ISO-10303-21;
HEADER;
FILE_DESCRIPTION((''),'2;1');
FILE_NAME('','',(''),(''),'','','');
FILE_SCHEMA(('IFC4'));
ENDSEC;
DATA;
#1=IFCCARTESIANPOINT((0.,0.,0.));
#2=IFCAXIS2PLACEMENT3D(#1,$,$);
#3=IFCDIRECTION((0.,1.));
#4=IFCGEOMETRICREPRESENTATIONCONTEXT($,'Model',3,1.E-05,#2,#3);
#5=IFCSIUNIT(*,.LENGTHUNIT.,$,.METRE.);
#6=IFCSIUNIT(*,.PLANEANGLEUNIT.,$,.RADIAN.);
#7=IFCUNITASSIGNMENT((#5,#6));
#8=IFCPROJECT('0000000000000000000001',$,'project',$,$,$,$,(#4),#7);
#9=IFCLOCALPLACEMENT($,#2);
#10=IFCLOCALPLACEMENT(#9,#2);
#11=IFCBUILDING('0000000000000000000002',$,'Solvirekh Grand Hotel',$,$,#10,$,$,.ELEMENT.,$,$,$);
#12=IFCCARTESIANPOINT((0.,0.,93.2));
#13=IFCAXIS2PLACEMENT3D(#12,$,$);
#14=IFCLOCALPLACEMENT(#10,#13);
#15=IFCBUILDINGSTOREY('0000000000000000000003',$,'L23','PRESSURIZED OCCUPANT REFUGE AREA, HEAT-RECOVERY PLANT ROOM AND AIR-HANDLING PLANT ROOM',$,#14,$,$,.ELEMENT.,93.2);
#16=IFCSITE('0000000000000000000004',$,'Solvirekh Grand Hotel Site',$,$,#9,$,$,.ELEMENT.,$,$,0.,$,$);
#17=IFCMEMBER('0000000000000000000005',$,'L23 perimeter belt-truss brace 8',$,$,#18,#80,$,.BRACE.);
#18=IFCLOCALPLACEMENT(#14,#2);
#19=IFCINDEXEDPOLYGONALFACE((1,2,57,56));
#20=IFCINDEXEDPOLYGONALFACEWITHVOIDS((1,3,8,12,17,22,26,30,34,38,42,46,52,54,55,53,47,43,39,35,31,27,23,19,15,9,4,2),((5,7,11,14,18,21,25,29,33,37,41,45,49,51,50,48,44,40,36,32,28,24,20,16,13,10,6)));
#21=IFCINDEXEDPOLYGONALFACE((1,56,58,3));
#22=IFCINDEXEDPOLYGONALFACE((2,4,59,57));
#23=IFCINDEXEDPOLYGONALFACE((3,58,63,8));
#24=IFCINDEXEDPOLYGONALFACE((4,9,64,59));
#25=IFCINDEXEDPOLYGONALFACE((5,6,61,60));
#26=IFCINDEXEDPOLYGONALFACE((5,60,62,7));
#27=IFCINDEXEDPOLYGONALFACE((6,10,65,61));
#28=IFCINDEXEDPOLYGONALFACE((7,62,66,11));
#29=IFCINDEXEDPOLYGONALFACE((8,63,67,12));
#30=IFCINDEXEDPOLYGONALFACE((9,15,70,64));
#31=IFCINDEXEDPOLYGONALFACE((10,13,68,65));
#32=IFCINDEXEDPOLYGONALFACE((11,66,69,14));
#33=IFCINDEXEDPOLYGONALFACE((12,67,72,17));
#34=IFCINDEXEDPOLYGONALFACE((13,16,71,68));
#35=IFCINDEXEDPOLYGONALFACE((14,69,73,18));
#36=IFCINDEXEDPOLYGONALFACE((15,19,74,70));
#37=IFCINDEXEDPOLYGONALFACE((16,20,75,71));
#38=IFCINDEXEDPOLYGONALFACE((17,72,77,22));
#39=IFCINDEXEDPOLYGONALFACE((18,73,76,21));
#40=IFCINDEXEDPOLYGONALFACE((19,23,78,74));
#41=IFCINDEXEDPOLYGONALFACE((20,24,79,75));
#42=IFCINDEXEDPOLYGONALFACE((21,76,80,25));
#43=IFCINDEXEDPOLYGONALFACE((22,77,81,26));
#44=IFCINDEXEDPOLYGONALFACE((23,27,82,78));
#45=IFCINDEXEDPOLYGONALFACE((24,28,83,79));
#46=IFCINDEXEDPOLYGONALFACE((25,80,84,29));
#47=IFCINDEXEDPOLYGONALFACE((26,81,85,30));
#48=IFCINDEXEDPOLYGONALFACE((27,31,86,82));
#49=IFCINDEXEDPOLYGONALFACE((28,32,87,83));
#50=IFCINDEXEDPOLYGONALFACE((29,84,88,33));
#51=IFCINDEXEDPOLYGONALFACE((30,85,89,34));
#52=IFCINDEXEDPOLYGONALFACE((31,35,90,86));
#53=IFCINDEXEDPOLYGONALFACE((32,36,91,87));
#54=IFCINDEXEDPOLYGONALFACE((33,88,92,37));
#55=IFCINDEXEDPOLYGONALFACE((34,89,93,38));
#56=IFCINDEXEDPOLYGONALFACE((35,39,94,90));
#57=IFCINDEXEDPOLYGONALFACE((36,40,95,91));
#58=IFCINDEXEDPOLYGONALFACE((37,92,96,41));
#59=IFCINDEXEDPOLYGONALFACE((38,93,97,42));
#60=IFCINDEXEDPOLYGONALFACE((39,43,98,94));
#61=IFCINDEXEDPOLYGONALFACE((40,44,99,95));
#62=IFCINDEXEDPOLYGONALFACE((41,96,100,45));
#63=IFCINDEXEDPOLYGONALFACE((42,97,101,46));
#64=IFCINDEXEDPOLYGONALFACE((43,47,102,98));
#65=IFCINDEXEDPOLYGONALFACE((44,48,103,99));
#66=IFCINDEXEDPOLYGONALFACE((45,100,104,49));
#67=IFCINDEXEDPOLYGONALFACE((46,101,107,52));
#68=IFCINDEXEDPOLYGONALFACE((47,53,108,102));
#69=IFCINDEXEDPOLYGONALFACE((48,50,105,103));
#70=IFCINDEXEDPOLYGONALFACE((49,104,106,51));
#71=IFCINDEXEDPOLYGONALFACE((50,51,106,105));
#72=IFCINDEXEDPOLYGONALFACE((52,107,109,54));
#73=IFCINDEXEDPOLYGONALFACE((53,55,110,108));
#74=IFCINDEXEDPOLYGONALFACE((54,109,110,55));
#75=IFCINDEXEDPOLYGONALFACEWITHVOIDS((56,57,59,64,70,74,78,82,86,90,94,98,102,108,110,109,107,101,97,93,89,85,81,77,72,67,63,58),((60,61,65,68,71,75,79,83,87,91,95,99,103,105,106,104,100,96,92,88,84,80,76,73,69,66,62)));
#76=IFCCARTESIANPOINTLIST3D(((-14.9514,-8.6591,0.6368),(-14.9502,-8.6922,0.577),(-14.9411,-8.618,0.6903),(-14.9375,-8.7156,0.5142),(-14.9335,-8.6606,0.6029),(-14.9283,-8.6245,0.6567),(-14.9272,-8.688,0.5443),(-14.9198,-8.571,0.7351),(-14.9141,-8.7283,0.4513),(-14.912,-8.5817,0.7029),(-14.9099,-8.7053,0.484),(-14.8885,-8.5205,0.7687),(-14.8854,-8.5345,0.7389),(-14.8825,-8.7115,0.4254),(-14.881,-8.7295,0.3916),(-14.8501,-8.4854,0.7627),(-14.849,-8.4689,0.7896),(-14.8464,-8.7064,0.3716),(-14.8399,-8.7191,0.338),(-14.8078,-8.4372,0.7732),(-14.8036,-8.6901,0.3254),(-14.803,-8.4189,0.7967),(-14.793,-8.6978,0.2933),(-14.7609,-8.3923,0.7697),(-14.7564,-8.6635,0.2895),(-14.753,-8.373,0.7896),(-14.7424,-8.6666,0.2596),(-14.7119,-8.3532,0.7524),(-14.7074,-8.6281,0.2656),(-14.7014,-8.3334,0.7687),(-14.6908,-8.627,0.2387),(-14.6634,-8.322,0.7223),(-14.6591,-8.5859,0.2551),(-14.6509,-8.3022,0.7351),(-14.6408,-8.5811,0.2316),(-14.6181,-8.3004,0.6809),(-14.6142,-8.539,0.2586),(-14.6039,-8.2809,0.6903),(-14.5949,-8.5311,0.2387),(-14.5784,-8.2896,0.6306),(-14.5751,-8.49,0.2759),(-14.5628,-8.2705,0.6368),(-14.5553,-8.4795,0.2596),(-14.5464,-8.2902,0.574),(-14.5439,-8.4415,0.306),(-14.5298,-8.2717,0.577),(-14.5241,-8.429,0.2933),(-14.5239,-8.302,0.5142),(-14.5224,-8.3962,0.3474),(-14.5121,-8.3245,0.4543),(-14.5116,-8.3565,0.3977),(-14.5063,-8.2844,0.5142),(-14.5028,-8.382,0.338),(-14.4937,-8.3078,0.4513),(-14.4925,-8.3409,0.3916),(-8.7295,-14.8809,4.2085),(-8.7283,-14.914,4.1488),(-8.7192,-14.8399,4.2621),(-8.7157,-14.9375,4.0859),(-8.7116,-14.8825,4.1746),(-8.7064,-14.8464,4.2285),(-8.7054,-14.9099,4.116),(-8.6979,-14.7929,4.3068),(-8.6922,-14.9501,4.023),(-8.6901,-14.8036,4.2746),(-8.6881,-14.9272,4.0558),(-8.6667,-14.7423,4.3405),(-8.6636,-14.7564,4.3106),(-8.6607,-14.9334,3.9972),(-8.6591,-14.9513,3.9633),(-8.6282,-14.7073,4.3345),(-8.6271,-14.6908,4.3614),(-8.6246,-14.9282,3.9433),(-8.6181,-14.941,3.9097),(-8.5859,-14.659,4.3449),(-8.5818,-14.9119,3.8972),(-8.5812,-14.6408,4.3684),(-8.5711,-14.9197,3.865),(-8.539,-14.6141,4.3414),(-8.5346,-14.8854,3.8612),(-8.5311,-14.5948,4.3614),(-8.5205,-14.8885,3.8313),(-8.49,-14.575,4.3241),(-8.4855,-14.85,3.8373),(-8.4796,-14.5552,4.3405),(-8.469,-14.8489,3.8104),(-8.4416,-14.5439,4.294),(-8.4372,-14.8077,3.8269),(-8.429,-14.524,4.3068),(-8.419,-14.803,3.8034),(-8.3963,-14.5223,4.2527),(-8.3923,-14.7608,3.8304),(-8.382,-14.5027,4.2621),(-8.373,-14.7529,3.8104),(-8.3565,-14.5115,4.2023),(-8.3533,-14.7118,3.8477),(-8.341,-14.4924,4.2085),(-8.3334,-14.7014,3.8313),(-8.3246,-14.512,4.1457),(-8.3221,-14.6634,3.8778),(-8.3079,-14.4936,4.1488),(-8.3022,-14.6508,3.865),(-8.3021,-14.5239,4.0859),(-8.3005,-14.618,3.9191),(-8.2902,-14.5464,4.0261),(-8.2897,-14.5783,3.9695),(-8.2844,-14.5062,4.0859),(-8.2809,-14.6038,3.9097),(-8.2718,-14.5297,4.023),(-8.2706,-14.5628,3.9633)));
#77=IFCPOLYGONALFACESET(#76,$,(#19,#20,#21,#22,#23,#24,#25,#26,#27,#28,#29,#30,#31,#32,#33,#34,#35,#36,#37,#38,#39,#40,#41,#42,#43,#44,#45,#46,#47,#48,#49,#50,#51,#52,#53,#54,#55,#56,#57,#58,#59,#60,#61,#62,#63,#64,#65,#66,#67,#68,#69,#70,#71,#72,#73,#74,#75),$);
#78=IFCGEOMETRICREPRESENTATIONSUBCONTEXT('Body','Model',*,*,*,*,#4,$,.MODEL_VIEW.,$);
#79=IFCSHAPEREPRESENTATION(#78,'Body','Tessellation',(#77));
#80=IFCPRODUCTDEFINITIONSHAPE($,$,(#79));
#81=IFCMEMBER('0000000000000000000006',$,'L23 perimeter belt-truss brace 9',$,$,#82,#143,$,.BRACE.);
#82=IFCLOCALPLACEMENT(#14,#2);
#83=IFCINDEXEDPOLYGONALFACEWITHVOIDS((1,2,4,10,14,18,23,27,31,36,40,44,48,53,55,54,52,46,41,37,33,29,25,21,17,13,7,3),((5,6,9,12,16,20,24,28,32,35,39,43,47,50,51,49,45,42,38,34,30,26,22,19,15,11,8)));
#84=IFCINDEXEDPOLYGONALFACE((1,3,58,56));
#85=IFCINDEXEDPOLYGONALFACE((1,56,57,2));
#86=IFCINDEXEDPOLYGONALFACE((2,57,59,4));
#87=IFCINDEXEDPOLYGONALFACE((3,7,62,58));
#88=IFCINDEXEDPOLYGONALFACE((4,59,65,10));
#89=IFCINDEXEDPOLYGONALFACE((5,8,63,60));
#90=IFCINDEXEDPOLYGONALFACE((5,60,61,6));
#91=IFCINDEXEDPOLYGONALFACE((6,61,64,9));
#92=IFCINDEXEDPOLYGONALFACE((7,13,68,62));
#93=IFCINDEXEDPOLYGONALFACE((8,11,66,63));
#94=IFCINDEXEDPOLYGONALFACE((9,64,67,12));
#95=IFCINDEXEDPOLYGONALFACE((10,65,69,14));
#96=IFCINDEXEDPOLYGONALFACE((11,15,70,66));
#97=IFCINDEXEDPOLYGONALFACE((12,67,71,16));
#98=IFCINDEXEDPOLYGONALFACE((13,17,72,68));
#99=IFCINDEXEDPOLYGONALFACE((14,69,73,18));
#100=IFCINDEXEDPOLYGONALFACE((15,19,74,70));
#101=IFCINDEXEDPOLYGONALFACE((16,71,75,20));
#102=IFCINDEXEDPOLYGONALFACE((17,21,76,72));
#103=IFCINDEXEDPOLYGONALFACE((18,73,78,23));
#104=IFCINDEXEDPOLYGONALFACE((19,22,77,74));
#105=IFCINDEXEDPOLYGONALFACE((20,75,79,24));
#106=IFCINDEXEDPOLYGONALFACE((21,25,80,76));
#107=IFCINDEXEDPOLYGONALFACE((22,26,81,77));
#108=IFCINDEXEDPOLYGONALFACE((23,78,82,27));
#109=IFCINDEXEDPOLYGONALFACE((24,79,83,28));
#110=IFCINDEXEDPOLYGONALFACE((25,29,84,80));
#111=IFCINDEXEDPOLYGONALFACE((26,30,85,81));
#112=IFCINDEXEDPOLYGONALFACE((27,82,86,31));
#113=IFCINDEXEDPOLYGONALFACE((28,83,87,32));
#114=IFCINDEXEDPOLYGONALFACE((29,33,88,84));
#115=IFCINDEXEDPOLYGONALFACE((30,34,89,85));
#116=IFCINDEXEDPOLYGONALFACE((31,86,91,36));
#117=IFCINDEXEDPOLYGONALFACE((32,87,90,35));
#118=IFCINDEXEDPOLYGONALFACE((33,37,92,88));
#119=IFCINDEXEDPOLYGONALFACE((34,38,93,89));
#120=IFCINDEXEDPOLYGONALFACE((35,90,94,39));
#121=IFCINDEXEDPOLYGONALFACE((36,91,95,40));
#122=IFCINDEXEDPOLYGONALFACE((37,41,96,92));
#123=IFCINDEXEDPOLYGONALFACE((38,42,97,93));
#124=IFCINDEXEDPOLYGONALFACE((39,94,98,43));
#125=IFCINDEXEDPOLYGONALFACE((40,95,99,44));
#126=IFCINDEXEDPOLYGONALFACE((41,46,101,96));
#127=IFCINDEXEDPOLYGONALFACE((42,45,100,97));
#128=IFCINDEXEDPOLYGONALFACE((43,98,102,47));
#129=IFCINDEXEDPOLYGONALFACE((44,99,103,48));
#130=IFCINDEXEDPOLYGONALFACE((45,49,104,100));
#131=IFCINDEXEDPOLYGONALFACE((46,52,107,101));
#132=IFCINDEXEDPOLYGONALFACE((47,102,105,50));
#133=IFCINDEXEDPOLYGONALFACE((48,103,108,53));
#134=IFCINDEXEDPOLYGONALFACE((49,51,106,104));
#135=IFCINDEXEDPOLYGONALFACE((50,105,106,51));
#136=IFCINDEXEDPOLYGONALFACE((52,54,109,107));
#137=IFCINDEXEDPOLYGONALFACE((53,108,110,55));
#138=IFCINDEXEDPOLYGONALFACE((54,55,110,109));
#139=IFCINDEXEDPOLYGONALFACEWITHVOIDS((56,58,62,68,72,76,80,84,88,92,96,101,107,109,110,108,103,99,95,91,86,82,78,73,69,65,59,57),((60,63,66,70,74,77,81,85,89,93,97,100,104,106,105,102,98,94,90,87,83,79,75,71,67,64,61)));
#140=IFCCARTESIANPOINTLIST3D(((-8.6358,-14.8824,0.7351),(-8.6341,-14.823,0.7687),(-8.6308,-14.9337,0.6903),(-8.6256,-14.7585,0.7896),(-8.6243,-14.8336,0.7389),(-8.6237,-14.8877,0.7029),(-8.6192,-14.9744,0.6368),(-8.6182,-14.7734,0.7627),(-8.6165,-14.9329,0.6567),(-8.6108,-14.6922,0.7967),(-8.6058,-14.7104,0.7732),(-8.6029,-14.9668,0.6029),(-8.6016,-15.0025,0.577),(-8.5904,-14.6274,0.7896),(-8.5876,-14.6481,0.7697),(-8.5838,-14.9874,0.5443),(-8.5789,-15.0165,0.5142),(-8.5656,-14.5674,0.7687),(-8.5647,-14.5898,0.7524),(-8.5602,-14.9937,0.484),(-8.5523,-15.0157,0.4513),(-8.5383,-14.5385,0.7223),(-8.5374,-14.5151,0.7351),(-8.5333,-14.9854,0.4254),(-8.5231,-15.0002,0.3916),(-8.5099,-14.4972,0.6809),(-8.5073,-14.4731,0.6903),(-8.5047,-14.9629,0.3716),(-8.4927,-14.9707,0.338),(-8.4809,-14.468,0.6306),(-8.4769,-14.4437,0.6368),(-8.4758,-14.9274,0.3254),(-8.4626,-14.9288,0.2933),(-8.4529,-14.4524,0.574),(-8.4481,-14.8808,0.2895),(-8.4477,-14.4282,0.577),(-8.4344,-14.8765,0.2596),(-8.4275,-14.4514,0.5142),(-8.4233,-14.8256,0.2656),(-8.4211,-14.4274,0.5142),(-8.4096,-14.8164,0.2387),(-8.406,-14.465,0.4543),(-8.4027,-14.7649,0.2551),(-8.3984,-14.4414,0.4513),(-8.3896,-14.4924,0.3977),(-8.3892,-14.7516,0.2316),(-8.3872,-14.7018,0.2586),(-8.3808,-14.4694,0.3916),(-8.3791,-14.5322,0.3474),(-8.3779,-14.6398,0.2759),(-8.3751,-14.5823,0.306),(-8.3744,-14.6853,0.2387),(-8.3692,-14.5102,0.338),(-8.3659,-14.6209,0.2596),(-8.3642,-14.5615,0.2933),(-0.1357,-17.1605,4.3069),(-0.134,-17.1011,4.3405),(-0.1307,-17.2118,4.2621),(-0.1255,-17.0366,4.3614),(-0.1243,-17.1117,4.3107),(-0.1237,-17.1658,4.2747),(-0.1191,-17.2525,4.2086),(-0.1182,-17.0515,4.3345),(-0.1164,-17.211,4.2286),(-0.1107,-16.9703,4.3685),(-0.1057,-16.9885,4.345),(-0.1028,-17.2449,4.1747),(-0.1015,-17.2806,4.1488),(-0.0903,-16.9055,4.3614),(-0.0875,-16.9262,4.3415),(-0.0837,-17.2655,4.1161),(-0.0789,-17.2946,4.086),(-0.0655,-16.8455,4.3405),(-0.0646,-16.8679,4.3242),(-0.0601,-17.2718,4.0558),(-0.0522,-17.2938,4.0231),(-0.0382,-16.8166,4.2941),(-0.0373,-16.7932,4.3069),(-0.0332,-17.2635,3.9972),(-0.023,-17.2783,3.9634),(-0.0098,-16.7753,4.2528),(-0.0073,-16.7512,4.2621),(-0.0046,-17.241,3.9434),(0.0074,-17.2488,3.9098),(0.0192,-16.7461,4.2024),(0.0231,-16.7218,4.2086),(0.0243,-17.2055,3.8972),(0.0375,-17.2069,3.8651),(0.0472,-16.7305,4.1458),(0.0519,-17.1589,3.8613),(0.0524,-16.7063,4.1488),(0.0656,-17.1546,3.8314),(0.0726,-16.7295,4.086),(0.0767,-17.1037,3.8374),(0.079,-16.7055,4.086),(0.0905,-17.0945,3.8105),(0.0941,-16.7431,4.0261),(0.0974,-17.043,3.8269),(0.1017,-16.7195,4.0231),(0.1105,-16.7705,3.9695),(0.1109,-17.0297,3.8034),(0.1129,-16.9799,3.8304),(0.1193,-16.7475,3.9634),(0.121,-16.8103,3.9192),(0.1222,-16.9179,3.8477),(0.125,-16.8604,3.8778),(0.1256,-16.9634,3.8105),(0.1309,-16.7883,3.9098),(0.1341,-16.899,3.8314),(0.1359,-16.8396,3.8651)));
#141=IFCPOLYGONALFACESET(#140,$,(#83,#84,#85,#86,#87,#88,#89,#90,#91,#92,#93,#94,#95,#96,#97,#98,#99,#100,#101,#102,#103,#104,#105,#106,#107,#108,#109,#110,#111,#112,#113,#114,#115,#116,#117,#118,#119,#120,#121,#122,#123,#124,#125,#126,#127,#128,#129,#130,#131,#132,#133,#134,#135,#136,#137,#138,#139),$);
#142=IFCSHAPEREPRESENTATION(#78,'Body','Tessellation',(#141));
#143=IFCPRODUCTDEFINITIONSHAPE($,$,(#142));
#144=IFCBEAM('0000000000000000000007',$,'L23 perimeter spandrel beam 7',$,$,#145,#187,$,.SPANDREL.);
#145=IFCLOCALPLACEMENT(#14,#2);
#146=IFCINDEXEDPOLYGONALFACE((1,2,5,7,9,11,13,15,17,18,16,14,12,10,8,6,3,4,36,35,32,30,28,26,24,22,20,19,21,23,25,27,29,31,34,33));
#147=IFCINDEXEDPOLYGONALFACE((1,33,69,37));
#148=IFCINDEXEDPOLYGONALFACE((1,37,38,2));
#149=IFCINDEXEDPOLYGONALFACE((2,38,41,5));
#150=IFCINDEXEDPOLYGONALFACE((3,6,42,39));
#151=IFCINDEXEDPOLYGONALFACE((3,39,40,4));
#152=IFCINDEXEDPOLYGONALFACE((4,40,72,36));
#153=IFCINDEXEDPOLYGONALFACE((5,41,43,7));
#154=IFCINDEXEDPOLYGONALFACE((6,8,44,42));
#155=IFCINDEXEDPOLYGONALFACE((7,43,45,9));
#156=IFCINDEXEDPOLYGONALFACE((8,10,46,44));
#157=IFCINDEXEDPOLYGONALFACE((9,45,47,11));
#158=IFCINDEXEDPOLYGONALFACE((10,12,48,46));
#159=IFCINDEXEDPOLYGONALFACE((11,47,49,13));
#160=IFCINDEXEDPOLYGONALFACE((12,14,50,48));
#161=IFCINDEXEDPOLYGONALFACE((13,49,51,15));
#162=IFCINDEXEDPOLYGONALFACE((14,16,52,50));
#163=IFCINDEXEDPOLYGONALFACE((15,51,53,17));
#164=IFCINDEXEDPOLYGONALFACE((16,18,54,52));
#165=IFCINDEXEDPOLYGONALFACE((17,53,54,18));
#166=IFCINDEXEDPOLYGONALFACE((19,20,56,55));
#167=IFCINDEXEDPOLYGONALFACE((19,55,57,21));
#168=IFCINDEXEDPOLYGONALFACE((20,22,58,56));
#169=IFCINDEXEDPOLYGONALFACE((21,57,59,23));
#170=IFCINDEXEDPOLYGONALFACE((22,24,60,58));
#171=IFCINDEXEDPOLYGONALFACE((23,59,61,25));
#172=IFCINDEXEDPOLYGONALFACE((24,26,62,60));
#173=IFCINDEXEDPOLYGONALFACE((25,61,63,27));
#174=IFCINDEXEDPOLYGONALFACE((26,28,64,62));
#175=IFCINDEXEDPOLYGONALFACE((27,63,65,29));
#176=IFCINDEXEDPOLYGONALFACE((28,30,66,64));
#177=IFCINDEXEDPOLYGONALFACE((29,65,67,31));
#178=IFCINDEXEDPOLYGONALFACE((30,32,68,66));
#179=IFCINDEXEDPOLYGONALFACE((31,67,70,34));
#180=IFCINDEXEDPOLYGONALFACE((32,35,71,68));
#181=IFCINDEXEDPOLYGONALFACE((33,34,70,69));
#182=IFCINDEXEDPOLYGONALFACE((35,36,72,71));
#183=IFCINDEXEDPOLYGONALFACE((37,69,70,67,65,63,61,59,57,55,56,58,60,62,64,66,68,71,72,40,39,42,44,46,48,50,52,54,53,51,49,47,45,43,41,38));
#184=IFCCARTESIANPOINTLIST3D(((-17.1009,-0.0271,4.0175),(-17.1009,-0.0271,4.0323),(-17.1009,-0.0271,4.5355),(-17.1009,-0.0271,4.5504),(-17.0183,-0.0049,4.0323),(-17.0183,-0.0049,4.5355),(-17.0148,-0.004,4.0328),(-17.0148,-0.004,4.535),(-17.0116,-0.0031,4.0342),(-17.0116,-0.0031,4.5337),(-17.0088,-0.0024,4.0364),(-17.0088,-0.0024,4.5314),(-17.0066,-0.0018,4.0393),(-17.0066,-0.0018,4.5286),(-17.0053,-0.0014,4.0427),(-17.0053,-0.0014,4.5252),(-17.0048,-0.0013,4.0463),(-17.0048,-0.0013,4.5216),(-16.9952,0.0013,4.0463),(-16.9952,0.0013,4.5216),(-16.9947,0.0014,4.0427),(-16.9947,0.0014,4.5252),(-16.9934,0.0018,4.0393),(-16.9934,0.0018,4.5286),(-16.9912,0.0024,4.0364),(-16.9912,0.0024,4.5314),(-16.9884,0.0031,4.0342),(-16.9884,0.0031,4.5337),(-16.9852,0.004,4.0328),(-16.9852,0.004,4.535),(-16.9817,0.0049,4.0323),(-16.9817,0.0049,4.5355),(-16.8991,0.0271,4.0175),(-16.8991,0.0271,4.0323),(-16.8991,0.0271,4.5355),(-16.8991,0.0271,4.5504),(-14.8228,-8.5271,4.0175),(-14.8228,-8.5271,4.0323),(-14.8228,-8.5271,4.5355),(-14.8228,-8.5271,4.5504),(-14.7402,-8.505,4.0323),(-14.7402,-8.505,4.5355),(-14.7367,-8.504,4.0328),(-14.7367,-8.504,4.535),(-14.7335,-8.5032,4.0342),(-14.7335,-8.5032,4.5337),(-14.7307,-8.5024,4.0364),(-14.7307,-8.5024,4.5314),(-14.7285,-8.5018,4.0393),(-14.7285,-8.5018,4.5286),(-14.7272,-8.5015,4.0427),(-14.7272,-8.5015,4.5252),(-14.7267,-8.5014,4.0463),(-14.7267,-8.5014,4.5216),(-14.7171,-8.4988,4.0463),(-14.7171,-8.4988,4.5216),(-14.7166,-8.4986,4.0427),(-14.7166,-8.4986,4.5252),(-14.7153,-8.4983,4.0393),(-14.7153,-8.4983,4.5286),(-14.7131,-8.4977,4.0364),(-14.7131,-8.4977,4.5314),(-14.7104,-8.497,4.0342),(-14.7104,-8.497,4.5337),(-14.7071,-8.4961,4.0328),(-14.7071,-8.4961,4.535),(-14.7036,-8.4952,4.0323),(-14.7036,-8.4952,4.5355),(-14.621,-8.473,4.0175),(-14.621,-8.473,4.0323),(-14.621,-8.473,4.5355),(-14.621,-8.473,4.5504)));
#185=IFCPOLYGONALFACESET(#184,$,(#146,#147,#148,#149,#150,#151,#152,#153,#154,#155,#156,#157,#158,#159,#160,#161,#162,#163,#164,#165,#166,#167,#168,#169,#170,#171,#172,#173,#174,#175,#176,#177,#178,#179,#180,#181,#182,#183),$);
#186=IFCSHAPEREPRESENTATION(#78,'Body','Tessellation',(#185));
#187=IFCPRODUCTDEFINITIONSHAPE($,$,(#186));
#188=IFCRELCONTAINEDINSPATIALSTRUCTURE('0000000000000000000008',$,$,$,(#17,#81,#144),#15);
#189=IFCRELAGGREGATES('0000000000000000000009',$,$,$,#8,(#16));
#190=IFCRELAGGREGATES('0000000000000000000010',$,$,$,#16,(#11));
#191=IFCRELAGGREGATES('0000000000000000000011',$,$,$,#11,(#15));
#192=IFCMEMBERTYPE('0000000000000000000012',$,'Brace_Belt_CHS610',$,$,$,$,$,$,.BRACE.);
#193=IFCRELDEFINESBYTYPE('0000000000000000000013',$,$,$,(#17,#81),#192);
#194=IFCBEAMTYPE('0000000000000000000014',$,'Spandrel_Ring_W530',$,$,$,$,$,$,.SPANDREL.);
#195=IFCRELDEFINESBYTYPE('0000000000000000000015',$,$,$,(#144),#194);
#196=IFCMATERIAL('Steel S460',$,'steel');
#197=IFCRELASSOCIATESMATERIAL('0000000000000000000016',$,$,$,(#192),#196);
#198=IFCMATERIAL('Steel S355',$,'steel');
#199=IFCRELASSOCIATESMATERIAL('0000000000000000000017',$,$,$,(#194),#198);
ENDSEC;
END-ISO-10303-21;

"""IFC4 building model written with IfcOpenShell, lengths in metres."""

from ifc_helpers import new_model, si_unit, direction, frame, origin, origin_2d, place, context, subcontext, project, spatial, hollow_circle, i_section, extrude, material, material_profile, profile_set, type_object, element, save


model = new_model("IFC4")

# Units and contexts
model_context = context("Model", 3, precision=1e-05, world=origin(), true_north=direction((0.0, 1.0)))
body_context = subcontext(model_context, "Body", "Model", "MODEL_VIEW")
ifc_project = project(units=[si_unit("LENGTHUNIT", "METRE"), si_unit("PLANEANGLEUNIT", "RADIAN")], contexts=[model_context])

# Site, building, storey
site_placement = place(None, origin())
site = spatial("IfcSite", under=ifc_project, at=site_placement, Name="Solvirekh Grand Hotel Site", CompositionType="ELEMENT", RefElevation=0.0)
building_placement = place(site_placement, origin())
building = spatial("IfcBuilding", under=site, at=building_placement, Name="Solvirekh Grand Hotel", CompositionType="ELEMENT")
storey_placement = place(building_placement, frame((0.0, 0.0, 93.2)))
storey = spatial("IfcBuildingStorey", under=building, at=storey_placement, Name="L23", Description="PRESSURIZED OCCUPANT REFUGE AREA, HEAT-RECOVERY PLANT ROOM AND AIR-HANDLING PLANT ROOM", CompositionType="ELEMENT", Elevation=93.2)

# Members
ifc_material_1 = material(Name="Steel S460", Category="steel")
ifc_material_profile_1 = material_profile(ifc_material_1, hollow_circle(Radius=0.3049, WallThickness=0.0249, at=origin_2d()), Name="CHS 610X25")
ifc_profile_set_1 = profile_set([ifc_material_profile_1], Name="Steel S460")
member_type = type_object("IfcMemberType", Name="Brace_Belt_CHS610", PredefinedType="BRACE", material=ifc_profile_set_1)
member_1_placement = place(storey_placement, frame((-14.7219, -8.5, 0.5142), z_axis=(0.655185, -0.655185, 0.376118), x_axis=(0.707107, 0.707107, 0.0)))
element("IfcMember", 1, at=member_1_placement, inside=storey, type_object=member_type, Name="L23 perimeter belt-truss brace 8", PredefinedType="BRACE", context=body_context, shape_type="SweptSolid", body=[
    extrude(hollow_circle(Radius=0.3049, WallThickness=0.0249, at=origin_2d()), origin(), (0.0, 0.0, 1.0), 9.4963),
])
member_2_placement = place(storey_placement, frame((-8.5, -14.7219, 0.5142), z_axis=(0.894999, -0.239868, 0.376087), x_axis=(0.258873, 0.965911, 0.0)))
element("IfcMember", 2, at=member_2_placement, inside=storey, type_object=member_type, Name="L23 perimeter belt-truss brace 9", PredefinedType="BRACE", context=body_context, shape_type="SweptSolid", body=[
    extrude(hollow_circle(Radius=0.3049, WallThickness=0.0249, at=origin_2d()), origin(), (0.0, 0.0, 1.0), 9.4973),
])

# Beam
ifc_material_2 = material(Name="Steel S355", Category="steel")
ifc_material_profile_2 = material_profile(ifc_material_2, i_section(OverallWidth=0.209, OverallDepth=0.533, WebThickness=0.01, FlangeThickness=0.0149, FilletRadius=0.0139, at=origin_2d()), Name="W530X92")
ifc_profile_set_2 = profile_set([ifc_material_profile_2], Name="Steel S355")
beam_type = type_object("IfcBeamType", Name="Spandrel_Ring_W530", PredefinedType="SPANDREL", material=ifc_profile_set_2)
beam_1_placement = place(storey_placement, frame((-17.0, 0.0, 4.2839), z_axis=(0.258873, -0.965911, 0.0), x_axis=(0.965911, 0.258873, 0.0)))
element("IfcBeam", 3, at=beam_1_placement, inside=storey, type_object=beam_type, Name="L23 perimeter spandrel beam 7", PredefinedType="SPANDREL", context=body_context, shape_type="SweptSolid", body=[
    extrude(i_section(OverallWidth=0.209, OverallDepth=0.533, WebThickness=0.01, FlangeThickness=0.0149, FilletRadius=0.0139, at=origin_2d()), origin(), (0.0, 0.0, 1.0), 8.8),
])

save(model, "model.ifc")
